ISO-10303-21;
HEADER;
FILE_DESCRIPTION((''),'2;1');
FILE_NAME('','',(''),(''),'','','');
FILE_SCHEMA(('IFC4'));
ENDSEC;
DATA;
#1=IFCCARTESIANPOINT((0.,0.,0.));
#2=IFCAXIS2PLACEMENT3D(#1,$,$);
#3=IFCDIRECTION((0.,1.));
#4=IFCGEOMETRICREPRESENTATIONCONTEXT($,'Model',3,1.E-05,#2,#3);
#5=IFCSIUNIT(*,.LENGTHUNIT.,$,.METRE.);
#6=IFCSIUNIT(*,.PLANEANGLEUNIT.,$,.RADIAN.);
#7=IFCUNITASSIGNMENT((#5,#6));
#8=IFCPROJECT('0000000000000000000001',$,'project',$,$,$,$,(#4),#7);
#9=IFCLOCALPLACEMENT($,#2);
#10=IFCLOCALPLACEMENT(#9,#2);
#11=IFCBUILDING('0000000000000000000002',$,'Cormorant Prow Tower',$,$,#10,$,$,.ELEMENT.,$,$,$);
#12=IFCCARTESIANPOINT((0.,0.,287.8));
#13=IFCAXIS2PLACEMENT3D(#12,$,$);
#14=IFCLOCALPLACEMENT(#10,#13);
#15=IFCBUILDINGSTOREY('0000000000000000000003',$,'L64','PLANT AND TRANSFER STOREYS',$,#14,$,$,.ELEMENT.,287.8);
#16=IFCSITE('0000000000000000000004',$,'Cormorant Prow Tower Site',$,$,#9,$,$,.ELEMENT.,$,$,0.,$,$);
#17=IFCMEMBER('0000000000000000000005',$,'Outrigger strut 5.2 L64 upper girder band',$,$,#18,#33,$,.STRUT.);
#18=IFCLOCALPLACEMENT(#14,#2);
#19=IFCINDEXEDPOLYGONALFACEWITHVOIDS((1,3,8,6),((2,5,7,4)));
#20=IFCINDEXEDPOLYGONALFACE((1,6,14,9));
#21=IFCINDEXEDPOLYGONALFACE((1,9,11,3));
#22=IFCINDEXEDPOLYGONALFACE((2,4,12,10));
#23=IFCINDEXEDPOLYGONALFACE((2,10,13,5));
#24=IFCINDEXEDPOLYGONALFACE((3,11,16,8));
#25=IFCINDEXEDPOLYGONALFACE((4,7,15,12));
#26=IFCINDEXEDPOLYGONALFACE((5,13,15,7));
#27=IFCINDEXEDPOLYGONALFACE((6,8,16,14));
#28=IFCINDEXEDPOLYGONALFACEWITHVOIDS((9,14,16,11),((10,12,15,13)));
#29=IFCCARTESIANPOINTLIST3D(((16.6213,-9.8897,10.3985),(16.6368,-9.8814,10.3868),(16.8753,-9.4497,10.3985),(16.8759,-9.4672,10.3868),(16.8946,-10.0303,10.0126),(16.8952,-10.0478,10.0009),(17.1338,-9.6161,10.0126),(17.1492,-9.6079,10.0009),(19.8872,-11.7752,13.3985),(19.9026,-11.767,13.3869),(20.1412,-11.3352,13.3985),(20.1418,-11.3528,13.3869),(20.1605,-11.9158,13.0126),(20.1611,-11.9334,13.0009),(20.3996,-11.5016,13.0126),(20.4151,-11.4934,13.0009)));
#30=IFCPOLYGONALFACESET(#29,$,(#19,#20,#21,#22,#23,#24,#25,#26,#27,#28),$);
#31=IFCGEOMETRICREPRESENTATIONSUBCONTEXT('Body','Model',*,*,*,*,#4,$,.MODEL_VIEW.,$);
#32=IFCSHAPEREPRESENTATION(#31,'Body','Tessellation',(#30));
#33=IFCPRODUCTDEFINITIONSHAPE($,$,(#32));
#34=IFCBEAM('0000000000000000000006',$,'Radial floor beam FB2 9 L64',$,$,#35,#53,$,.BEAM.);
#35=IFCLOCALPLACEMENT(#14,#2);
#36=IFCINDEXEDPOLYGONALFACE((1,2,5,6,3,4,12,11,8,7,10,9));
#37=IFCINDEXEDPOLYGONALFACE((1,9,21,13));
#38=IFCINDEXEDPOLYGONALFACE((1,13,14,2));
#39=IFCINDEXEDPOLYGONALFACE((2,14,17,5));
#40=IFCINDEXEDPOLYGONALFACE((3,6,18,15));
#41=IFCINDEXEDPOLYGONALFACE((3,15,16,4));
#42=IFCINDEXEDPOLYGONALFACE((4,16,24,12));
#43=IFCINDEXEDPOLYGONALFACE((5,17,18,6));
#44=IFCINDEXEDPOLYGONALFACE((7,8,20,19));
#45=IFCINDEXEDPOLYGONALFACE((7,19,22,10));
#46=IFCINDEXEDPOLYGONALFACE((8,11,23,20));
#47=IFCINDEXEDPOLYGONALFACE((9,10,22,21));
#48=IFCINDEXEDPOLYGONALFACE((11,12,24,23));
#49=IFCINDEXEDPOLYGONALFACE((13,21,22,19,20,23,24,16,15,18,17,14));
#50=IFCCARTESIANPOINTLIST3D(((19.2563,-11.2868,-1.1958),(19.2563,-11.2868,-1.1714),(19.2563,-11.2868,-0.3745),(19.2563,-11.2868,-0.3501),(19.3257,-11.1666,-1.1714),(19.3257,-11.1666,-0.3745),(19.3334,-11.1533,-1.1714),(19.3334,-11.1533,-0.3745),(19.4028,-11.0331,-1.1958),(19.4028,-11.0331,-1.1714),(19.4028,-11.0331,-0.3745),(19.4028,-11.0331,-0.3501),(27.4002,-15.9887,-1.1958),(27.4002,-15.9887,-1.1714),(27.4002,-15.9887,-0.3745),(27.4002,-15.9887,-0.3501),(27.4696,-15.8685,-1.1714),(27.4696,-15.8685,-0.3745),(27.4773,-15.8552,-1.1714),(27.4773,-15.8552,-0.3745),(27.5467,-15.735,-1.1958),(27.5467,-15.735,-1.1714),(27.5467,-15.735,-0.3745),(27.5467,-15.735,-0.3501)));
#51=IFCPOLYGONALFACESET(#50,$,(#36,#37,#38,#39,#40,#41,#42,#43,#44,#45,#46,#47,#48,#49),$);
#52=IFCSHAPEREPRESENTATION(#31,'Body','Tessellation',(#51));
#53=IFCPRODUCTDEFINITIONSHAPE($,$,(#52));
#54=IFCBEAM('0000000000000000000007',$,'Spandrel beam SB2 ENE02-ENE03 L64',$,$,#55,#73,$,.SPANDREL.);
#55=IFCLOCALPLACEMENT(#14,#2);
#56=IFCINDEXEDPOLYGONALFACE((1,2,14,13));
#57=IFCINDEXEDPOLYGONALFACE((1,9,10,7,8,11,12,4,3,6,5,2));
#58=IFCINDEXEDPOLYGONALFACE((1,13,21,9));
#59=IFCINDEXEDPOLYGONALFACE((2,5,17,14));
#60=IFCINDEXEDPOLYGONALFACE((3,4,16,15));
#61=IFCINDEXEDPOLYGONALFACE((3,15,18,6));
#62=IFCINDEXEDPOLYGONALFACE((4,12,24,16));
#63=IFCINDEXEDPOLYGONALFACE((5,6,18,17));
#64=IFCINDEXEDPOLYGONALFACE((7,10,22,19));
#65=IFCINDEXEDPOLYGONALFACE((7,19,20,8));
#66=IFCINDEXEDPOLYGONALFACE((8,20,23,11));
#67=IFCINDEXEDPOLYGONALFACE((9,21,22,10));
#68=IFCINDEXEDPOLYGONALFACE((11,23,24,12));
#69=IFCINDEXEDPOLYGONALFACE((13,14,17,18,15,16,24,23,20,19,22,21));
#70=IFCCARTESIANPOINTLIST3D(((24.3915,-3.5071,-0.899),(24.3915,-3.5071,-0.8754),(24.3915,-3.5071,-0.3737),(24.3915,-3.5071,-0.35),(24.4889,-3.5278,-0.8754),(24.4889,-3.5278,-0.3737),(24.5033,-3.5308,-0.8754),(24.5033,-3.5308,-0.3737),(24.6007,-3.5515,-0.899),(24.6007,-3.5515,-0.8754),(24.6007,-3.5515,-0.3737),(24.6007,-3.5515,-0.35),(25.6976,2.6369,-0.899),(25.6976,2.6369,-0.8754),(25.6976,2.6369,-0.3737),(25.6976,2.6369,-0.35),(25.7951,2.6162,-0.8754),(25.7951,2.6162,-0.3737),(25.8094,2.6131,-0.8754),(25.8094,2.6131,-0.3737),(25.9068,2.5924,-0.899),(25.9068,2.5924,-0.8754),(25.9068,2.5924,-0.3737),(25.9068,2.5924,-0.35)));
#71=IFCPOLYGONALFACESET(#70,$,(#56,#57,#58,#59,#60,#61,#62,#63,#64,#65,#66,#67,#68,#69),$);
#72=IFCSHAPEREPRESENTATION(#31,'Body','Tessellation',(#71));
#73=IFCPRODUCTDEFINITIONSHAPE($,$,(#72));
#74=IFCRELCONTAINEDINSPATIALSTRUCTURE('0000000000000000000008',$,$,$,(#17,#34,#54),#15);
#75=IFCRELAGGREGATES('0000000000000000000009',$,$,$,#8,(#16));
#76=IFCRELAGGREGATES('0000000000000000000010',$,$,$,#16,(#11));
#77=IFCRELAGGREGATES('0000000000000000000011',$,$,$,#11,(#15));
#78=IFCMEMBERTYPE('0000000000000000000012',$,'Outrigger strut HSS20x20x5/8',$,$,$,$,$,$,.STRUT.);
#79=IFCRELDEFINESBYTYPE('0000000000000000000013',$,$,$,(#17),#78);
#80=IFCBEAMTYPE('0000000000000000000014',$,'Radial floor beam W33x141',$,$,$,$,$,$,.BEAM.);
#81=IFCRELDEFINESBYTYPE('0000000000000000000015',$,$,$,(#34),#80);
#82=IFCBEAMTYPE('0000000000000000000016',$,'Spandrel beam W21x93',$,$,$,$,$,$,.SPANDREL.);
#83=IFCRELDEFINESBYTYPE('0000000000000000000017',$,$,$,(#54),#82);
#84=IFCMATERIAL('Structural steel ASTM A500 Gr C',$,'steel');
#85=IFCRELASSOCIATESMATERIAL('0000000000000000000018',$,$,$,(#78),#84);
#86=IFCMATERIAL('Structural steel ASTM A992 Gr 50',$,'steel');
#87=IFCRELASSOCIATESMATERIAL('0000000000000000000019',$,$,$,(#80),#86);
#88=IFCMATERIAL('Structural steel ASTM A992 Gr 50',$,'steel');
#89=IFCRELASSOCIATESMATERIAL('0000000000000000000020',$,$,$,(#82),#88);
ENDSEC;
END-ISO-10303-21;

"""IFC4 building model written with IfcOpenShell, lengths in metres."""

from ifc_helpers import new_model, si_unit, direction, frame, origin, origin_2d, place, context, subcontext, project, spatial, hollow_rectangle, i_section, extrude, material, material_profile, profile_set, type_object, element, save


model = new_model("IFC4")

# Units and contexts
model_context = context("Model", 3, precision=1e-05, world=origin(), true_north=direction((0.0, 1.0)))
body_context = subcontext(model_context, "Body", "Model", "MODEL_VIEW")
ifc_project = project(units=[si_unit("LENGTHUNIT", "METRE"), si_unit("PLANEANGLEUNIT", "RADIAN")], contexts=[model_context])

# Site, building, storey
site_placement = place(None, origin())
site = spatial("IfcSite", under=ifc_project, at=site_placement, Name="Cormorant Prow Tower Site", CompositionType="ELEMENT", RefElevation=0.0)
building_placement = place(site_placement, origin())
building = spatial("IfcBuilding", under=site, at=building_placement, Name="Cormorant Prow Tower", CompositionType="ELEMENT")
storey_placement = place(building_placement, frame((0.0, 0.0, 287.8)))
storey = spatial("IfcBuildingStorey", under=building, at=storey_placement, Name="L64", Description="PLANT AND TRANSFER STOREYS", CompositionType="ELEMENT", Elevation=287.8)

# Member
ifc_material_1 = material(Name="Structural steel ASTM A500 Gr C", Category="steel")
ifc_material_profile_1 = material_profile(ifc_material_1, hollow_rectangle(XDim=0.5081, YDim=0.5081, WallThickness=0.0149, at=origin_2d()), Name="HSS20x20x5/8")
ifc_profile_set_1 = profile_set([ifc_material_profile_1], Name="Structural steel ASTM A500 Gr C")
member_type_1 = type_object("IfcMemberType", Name="Outrigger strut HSS20x20x5/8", PredefinedType="STRUT", material=ifc_profile_set_1)
member_1_placement = place(storey_placement, frame((16.8853, -9.7488, 10.1997), z_axis=(0.677732, -0.391278, 0.622559), x_axis=(0.49999, 0.866031, 0.0)))
element("IfcMember", 1, at=member_1_placement, inside=storey, type_object=member_type_1, Name="Outrigger strut 5.2 L64 upper girder band", PredefinedType="STRUT", context=body_context, shape_type="SweptSolid", body=[
    extrude(hollow_rectangle(XDim=0.5081, YDim=0.5081, WallThickness=0.0149, at=origin_2d()), origin(), (0.0, 0.0, 1.0), 4.8188),
])

# Beams
ifc_material_2 = material(Name="Structural steel ASTM A992 Gr 50", Category="steel")
ifc_material_profile_2 = material_profile(ifc_material_2, i_section(OverallWidth=0.293, OverallDepth=0.8457, WebThickness=0.0154, FlangeThickness=0.0244, at=origin_2d()), Name="W33x141")
ifc_profile_set_2 = profile_set([ifc_material_profile_2], Name="Structural steel ASTM A992 Gr 50")
beam_type_1 = type_object("IfcBeamType", Name="Radial floor beam W33x141", PredefinedType="BEAM", material=ifc_profile_set_2)
beam_1_placement = place(storey_placement, frame((19.3296, -11.1599, -0.7729), z_axis=(0.866022, -0.500006, 0.0), x_axis=(0.500006, 0.866022, 0.0)))
element("IfcBeam", 2, at=beam_1_placement, inside=storey, type_object=beam_type_1, Name="Radial floor beam FB2 9 L64", PredefinedType="BEAM", context=body_context, shape_type="SweptSolid", body=[
    extrude(i_section(OverallWidth=0.293, OverallDepth=0.8457, WebThickness=0.0154, FlangeThickness=0.0244, at=origin_2d()), origin(), (0.0, 0.0, 1.0), 9.4038),
])
ifc_material_3 = material(Name="Structural steel ASTM A992 Gr 50", Category="steel")
ifc_material_profile_3 = material_profile(ifc_material_3, i_section(OverallWidth=0.2139, OverallDepth=0.5491, WebThickness=0.0146, FlangeThickness=0.0237, at=origin_2d()), Name="W21x93")
ifc_profile_set_3 = profile_set([ifc_material_profile_3], Name="Structural steel ASTM A992 Gr 50")
beam_type_2 = type_object("IfcBeamType", Name="Spandrel beam W21x93", PredefinedType="SPANDREL", material=ifc_profile_set_3)
beam_2_placement = place(storey_placement, frame((24.4961, -3.5293, -0.6245), z_axis=(0.207941, 0.978141, 0.0), x_axis=(-0.978141, 0.207941, 0.0)))
element("IfcBeam", 3, at=beam_2_placement, inside=storey, type_object=beam_type_2, Name="Spandrel beam SB2 ENE02-ENE03 L64", PredefinedType="SPANDREL", context=body_context, shape_type="SweptSolid", body=[
    extrude(i_section(OverallWidth=0.2139, OverallDepth=0.5491, WebThickness=0.0146, FlangeThickness=0.0237, at=origin_2d()), origin(), (0.0, 0.0, 1.0), 6.2812),
])

save(model, "model.ifc")
